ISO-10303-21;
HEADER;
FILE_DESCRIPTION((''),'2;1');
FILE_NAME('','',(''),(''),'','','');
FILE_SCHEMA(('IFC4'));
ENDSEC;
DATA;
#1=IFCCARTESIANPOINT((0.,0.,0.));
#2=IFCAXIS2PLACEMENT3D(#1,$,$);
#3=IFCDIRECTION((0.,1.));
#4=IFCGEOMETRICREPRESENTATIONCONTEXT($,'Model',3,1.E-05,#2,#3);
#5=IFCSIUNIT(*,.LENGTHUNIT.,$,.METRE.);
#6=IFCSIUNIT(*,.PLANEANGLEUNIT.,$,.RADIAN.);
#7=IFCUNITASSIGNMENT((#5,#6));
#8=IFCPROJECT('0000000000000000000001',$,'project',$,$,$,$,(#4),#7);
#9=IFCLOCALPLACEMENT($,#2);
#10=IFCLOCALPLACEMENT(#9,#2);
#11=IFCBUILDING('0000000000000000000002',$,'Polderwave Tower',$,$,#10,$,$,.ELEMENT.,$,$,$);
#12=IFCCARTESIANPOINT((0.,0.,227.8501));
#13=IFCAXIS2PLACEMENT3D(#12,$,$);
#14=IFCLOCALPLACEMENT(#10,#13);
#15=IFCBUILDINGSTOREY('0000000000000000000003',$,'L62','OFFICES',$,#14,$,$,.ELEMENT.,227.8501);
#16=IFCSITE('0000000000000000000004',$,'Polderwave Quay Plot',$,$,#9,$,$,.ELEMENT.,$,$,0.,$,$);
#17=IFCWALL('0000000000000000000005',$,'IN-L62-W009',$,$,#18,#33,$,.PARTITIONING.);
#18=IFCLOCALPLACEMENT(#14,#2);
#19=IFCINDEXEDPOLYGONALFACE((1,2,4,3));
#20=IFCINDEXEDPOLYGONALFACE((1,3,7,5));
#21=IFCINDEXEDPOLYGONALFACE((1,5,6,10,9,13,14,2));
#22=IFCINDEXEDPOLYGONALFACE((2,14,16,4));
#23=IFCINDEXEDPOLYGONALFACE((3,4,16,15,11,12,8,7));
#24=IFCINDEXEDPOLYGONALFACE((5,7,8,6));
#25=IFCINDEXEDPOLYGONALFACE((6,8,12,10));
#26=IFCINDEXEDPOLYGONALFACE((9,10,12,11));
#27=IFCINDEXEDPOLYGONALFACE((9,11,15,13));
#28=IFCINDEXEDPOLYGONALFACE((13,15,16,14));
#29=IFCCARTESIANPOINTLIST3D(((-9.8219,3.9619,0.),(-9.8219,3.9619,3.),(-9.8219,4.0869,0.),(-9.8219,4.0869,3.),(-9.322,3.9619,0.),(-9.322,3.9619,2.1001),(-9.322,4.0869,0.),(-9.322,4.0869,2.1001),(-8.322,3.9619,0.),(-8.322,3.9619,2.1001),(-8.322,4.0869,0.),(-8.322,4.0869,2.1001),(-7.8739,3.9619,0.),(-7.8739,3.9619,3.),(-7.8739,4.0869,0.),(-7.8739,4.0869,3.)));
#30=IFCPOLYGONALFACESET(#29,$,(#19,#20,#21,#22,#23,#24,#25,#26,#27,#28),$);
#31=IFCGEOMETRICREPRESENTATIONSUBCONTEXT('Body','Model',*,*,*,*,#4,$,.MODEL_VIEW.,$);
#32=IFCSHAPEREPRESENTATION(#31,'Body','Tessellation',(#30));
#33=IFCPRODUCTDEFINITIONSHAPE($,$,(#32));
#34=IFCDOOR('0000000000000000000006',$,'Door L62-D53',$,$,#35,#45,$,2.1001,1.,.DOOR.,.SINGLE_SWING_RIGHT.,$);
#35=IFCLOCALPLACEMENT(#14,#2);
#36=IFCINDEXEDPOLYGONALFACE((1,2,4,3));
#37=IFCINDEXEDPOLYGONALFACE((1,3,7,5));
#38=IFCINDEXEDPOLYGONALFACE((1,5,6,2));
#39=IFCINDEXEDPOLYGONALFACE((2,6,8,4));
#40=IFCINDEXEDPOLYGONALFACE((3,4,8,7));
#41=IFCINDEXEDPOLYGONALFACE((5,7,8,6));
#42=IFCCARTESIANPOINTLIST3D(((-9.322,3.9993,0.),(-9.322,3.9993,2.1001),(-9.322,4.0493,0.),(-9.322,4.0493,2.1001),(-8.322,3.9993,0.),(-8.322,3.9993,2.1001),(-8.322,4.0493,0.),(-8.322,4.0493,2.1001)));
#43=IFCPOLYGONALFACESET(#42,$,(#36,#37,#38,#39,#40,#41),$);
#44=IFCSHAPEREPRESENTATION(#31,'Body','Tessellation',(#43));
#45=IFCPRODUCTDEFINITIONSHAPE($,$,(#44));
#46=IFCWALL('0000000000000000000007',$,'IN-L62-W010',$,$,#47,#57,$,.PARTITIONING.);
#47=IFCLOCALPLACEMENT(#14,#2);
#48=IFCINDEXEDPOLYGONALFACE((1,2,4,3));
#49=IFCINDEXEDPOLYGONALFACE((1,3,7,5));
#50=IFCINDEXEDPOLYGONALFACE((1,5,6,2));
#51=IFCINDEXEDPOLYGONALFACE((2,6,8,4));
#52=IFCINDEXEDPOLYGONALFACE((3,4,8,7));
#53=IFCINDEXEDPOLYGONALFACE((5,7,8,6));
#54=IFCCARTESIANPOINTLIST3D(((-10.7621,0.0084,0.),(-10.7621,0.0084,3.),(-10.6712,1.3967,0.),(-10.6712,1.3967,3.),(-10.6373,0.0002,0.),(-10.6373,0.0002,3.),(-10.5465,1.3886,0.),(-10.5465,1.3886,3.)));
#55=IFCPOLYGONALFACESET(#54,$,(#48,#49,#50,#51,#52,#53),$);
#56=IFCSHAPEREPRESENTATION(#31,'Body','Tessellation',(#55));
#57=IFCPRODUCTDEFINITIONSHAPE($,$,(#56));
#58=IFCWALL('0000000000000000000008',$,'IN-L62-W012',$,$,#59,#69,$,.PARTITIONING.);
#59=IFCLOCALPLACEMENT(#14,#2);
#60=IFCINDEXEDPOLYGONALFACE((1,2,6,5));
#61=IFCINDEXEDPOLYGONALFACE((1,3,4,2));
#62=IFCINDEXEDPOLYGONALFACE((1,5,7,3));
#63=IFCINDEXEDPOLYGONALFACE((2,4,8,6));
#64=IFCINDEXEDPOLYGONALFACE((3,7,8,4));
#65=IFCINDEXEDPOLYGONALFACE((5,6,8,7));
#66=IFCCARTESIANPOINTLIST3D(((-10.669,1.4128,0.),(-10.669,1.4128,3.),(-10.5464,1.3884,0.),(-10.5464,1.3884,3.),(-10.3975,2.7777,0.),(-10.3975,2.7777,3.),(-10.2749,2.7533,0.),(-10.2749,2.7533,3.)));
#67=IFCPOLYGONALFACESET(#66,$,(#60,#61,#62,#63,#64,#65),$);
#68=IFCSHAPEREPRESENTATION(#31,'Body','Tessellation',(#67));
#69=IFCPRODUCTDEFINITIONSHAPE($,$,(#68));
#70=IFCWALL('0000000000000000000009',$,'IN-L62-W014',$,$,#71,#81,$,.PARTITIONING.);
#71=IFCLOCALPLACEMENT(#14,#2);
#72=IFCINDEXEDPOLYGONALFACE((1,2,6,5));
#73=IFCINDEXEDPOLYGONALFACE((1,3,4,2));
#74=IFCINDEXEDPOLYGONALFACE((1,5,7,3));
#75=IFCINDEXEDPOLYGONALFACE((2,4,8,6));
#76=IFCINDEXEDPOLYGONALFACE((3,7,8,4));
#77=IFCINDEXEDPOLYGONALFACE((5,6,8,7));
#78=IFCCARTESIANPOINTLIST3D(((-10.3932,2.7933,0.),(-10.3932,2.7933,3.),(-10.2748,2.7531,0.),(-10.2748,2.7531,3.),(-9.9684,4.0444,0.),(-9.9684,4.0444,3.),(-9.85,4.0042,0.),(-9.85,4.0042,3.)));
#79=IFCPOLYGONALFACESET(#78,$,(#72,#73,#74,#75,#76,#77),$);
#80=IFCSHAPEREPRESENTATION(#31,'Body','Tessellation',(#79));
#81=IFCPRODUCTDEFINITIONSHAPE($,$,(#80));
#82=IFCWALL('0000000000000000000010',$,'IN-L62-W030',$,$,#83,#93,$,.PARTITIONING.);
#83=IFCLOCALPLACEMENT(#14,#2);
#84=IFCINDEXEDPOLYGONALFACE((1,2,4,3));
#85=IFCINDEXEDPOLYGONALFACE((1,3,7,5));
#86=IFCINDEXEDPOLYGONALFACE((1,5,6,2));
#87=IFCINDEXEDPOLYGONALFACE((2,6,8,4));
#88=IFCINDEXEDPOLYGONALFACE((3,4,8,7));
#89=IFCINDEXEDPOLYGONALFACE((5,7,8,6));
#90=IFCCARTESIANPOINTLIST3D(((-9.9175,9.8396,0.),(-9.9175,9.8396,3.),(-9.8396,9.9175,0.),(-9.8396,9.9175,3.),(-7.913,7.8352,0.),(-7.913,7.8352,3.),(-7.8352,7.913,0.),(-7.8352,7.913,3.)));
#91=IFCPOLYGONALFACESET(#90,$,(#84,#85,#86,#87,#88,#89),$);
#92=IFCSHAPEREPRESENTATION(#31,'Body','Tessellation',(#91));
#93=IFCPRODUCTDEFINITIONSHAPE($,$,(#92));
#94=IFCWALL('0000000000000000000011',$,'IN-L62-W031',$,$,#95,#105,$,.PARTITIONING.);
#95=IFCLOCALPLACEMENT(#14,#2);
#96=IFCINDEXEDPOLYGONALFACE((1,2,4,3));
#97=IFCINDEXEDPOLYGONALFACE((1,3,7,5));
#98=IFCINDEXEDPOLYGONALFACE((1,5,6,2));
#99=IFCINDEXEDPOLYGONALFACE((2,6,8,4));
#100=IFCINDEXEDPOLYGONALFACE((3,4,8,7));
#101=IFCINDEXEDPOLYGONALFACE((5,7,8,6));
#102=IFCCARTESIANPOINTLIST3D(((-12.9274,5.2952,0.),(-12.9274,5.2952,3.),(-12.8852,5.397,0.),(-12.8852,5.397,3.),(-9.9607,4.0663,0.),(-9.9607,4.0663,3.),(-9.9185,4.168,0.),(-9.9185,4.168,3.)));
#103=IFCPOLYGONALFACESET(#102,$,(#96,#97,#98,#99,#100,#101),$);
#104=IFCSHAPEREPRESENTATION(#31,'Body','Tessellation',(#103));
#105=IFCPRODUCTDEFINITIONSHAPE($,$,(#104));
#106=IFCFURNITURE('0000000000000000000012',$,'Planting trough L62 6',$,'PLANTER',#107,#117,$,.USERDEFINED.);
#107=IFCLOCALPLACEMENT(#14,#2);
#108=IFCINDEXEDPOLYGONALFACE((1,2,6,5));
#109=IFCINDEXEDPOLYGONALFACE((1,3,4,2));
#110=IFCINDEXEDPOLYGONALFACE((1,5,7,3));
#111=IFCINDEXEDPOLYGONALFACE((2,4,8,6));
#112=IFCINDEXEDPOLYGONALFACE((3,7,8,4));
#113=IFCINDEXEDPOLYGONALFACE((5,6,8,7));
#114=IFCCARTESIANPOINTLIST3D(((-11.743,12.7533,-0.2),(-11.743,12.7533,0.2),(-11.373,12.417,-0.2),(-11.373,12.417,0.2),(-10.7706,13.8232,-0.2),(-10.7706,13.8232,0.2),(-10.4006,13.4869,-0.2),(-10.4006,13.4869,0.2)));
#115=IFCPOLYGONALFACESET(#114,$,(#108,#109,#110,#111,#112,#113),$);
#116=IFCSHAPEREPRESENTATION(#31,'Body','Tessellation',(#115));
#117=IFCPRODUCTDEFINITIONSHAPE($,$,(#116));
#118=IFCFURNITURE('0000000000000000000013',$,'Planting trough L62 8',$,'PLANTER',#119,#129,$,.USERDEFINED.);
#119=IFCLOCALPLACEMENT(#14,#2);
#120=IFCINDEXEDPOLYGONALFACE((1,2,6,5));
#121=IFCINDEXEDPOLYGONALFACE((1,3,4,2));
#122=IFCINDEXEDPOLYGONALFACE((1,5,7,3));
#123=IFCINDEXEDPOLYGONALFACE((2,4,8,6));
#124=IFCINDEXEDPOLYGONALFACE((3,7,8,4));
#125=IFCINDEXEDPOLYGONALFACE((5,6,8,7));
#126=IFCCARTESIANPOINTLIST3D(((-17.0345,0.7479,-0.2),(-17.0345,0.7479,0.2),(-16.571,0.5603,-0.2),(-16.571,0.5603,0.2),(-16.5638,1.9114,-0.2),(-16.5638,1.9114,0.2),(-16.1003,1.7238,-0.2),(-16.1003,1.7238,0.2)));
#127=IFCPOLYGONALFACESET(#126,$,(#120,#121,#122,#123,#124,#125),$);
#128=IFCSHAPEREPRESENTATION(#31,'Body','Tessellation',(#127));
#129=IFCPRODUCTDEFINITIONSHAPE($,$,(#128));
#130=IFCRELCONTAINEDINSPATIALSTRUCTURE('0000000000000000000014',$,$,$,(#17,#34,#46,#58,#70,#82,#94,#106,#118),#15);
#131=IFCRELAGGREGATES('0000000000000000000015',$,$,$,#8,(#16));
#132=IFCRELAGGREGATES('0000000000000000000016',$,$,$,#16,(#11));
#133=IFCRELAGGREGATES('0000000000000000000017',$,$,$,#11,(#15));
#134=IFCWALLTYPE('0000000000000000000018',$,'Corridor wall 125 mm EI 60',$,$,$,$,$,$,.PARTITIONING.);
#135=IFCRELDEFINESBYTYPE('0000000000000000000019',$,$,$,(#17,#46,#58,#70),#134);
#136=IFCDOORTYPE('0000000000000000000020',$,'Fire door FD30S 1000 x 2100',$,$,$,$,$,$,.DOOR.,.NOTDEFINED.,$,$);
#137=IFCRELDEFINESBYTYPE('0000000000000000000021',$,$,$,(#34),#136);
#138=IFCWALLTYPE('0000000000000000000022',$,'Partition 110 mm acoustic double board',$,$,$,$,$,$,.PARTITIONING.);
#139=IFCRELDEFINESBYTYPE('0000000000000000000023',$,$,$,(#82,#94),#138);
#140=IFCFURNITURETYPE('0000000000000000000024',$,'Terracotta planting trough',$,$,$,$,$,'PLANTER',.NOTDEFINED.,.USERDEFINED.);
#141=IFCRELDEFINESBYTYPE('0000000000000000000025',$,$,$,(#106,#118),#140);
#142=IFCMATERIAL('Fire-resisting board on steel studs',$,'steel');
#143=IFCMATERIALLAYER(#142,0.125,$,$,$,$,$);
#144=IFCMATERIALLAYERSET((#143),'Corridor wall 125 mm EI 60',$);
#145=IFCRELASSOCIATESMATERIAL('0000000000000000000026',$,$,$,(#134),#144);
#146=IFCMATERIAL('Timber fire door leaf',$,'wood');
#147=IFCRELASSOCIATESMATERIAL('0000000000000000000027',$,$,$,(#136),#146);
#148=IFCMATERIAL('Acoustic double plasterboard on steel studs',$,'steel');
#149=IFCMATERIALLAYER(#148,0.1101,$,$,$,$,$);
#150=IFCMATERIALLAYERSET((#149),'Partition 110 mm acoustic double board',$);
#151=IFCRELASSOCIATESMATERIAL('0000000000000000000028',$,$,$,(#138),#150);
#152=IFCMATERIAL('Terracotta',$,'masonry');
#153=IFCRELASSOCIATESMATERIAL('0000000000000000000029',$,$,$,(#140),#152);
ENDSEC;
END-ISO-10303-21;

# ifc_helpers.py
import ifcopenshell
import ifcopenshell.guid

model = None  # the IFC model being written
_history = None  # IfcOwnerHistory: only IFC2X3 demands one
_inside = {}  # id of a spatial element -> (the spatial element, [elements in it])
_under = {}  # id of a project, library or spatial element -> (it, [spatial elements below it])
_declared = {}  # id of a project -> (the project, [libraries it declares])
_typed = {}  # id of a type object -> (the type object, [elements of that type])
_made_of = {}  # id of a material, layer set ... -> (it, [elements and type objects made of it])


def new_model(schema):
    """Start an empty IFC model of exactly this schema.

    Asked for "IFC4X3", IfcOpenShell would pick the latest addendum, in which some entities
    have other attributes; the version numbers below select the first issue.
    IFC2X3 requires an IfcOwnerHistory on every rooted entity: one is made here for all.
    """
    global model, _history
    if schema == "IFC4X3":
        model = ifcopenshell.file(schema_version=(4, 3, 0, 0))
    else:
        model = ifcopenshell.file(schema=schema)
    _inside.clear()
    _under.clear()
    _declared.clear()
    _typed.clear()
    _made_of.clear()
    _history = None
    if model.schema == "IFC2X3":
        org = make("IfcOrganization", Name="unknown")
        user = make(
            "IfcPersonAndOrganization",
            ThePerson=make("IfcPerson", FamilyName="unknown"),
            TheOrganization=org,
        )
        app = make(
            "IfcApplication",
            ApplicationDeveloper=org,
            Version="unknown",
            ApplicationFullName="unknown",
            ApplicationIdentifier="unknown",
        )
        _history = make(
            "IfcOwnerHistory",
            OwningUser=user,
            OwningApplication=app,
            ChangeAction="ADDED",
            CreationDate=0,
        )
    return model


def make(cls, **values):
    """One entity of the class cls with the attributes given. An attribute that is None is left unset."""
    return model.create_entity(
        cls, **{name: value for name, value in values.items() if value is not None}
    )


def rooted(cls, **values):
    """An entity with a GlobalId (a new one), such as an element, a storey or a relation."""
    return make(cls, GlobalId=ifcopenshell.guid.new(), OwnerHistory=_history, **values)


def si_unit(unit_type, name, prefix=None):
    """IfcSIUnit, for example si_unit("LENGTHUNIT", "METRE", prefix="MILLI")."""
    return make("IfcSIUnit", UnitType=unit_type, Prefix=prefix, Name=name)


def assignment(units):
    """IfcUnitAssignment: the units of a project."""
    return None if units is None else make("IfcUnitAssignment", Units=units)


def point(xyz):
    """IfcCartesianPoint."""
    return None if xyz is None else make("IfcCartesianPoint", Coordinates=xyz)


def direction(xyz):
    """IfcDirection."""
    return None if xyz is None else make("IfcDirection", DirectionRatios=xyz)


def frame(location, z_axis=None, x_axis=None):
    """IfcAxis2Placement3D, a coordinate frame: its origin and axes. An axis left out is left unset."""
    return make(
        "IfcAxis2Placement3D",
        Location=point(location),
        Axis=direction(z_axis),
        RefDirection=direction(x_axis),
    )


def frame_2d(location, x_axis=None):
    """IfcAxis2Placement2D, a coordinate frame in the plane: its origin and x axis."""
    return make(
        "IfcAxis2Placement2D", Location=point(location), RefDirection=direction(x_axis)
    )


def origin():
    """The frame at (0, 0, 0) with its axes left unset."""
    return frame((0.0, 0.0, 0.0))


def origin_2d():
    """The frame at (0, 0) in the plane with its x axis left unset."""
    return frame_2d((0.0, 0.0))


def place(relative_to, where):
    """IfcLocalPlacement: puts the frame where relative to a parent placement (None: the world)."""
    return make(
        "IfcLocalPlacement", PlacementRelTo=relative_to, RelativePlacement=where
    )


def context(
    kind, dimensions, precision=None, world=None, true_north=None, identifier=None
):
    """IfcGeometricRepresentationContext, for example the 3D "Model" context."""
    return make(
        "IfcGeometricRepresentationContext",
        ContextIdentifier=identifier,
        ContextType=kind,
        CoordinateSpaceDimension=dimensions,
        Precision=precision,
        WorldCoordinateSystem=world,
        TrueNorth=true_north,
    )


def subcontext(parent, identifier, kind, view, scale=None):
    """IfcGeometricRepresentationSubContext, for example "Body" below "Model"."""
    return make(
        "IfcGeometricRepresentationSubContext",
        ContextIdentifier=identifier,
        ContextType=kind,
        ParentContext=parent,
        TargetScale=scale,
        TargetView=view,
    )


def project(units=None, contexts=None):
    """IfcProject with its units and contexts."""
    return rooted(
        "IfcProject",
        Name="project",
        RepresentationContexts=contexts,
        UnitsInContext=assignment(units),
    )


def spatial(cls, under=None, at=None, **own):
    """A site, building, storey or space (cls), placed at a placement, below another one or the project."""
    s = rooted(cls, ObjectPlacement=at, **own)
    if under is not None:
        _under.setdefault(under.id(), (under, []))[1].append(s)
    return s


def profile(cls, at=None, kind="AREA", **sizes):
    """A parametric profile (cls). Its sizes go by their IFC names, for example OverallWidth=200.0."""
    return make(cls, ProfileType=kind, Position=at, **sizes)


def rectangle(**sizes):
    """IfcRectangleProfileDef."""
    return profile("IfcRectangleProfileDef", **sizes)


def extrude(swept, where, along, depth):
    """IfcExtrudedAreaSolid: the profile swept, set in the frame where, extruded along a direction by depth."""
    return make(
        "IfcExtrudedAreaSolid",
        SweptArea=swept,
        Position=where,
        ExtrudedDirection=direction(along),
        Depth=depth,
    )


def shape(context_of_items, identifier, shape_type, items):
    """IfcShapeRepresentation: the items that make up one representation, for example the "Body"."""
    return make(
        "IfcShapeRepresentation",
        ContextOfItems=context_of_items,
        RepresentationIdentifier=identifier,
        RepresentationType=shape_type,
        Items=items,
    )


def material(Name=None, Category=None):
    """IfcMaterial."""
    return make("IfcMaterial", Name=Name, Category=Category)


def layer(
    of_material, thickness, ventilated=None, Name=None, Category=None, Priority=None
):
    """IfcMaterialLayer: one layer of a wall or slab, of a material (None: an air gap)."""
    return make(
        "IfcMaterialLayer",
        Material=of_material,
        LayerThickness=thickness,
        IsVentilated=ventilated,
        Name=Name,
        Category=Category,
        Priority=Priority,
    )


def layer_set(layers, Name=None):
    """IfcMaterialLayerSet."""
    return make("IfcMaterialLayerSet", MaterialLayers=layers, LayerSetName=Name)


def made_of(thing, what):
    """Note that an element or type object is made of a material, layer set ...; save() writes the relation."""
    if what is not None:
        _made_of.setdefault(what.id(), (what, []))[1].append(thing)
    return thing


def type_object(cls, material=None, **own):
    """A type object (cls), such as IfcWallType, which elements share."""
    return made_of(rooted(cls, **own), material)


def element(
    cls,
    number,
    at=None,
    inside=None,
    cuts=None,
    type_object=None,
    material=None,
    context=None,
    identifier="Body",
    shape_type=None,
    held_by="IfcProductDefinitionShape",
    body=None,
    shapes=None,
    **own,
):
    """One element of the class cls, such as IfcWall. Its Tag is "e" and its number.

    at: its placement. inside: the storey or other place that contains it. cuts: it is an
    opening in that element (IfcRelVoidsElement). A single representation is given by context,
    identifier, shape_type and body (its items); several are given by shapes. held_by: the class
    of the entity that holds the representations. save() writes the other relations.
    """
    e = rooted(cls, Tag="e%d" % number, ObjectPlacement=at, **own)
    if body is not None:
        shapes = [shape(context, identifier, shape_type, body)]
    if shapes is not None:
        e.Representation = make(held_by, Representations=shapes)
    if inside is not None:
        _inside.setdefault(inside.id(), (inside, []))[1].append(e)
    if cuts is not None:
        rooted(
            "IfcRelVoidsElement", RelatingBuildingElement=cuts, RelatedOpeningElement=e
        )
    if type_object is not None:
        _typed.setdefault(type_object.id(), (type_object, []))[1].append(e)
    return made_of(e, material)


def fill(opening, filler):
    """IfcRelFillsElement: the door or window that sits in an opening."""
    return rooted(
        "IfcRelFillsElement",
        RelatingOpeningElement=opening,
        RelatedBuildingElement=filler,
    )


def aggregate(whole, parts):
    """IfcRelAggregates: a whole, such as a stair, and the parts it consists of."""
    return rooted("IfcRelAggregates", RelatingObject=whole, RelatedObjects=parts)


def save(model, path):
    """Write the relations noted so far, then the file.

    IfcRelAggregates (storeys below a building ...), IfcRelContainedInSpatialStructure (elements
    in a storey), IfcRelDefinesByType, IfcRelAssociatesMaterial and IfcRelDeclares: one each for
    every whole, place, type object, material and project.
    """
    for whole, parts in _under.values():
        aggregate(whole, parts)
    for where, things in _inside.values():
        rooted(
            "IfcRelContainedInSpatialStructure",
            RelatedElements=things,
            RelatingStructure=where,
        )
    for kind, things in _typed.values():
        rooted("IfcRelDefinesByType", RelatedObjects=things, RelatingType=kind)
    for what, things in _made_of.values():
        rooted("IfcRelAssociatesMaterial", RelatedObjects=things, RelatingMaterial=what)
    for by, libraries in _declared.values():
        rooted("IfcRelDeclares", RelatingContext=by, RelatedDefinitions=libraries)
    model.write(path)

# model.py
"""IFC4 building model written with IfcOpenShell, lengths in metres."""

from ifc_helpers import new_model, si_unit, direction, frame, frame_2d, origin, origin_2d, place, context, subcontext, project, spatial, rectangle, extrude, material, layer, layer_set, type_object, element, fill, save


model = new_model("IFC4")

# Units and contexts
model_context = context("Model", 3, precision=1e-05, world=origin(), true_north=direction((0.0, 1.0)))
body_context = subcontext(model_context, "Body", "Model", "MODEL_VIEW")
ifc_project = project(units=[si_unit("LENGTHUNIT", "METRE"), si_unit("PLANEANGLEUNIT", "RADIAN")], contexts=[model_context])

# Site, building, storey
site_placement = place(None, origin())
site = spatial("IfcSite", under=ifc_project, at=site_placement, Name="Polderwave Quay Plot", CompositionType="ELEMENT", RefElevation=0.0)
building_placement = place(site_placement, origin())
building = spatial("IfcBuilding", under=site, at=building_placement, Name="Polderwave Tower", CompositionType="ELEMENT")
storey_placement = place(building_placement, frame((0.0, 0.0, 227.8501)))
storey = spatial("IfcBuildingStorey", under=building, at=storey_placement, Name="L62", Description="OFFICES", CompositionType="ELEMENT", Elevation=227.8501)

# Wall, opening, door
ifc_material_1 = material(Name="Fire-resisting board on steel studs", Category="steel")
ifc_layer_1 = layer(ifc_material_1, 0.125)
ifc_layer_set_1 = layer_set([ifc_layer_1], Name="Corridor wall 125 mm EI 60")
wall_type_1 = type_object("IfcWallType", Name="Corridor wall 125 mm EI 60", PredefinedType="PARTITIONING", material=ifc_layer_set_1)
wall_1_placement = place(storey_placement, frame((-9.822, 4.0244, 0.0), z_axis=(0.0, 0.0, 1.0), x_axis=(1.0, 0.0, 0.0)))
wall_1 = element("IfcWall", 1, at=wall_1_placement, inside=storey, type_object=wall_type_1, Name="IN-L62-W009", PredefinedType="PARTITIONING", context=body_context, shape_type="SweptSolid", body=[
    extrude(rectangle(XDim=1.948, YDim=0.125, at=frame_2d((0.9741, 0.0))), origin(), (0.0, 0.0, 1.0), 3.0),
])
opening_placement = place(wall_1_placement, frame((0.5, 0.0, 0.0)))
opening = element("IfcOpeningElement", 2, at=opening_placement, cuts=wall_1, PredefinedType="OPENING", context=body_context, shape_type="SweptSolid", body=[
    extrude(rectangle(XDim=1.0, YDim=2.1001, at=frame_2d((0.5, 1.05))), frame((0.0, 0.0725, 0.0), z_axis=(0.0, -1.0, 0.0), x_axis=(1.0, 0.0, 0.0)), (0.0, 0.0, 1.0), 0.145),
])
ifc_material_2 = material(Name="Timber fire door leaf", Category="wood")
door_type = type_object("IfcDoorType", Name="Fire door FD30S 1000 x 2100", OperationType="NOTDEFINED", PredefinedType="DOOR", material=ifc_material_2)
door_placement = place(opening_placement, origin())
door = element("IfcDoor", 3, at=door_placement, inside=storey, type_object=door_type, Name="Door L62-D53", OperationType="SINGLE_SWING_RIGHT", OverallHeight=2.1001, OverallWidth=1.0, PredefinedType="DOOR", context=body_context, shape_type="SweptSolid", body=[
    extrude(rectangle(XDim=1.0, YDim=2.1001, at=frame_2d((0.5, 1.05))), frame((0.0, 0.0249, 0.0), z_axis=(0.0, -1.0, 0.0), x_axis=(1.0, 0.0, 0.0)), (0.0, 0.0, 1.0), 0.05),
])
fill(opening, door)

# Walls
wall_2_placement = place(storey_placement, frame((-10.6997, 0.0042, 0.0), z_axis=(0.0, 0.0, 1.0), x_axis=(0.065273, 0.997867, 0.0)))
element("IfcWall", 4, at=wall_2_placement, inside=storey, type_object=wall_type_1, Name="IN-L62-W010", PredefinedType="PARTITIONING", context=body_context, shape_type="SweptSolid", body=[
    extrude(rectangle(XDim=1.3914, YDim=0.125, at=frame_2d((0.6958, 0.0))), origin(), (0.0, 0.0, 1.0), 3.0),
])
wall_3_placement = place(storey_placement, frame((-10.6077, 1.4006, 0.0), z_axis=(0.0, 0.0, 1.0), x_axis=(0.195104, 0.980783, 0.0)))
element("IfcWall", 5, at=wall_3_placement, inside=storey, type_object=wall_type_1, Name="IN-L62-W012", PredefinedType="PARTITIONING", context=body_context, shape_type="SweptSolid", body=[
    extrude(rectangle(XDim=1.3916, YDim=0.125, at=frame_2d((0.6958, 0.0))), origin(), (0.0, 0.0, 1.0), 3.0),
])
wall_4_placement = place(storey_placement, frame((-10.334, 2.7732, 0.0), z_axis=(0.0, 0.0, 1.0), x_axis=(0.321489, 0.946913, 0.0)))
element("IfcWall", 6, at=wall_4_placement, inside=storey, type_object=wall_type_1, Name="IN-L62-W014", PredefinedType="PARTITIONING", context=body_context, shape_type="SweptSolid", body=[
    extrude(rectangle(XDim=1.3213, YDim=0.125, at=frame_2d((0.6606, 0.0))), origin(), (0.0, 0.0, 1.0), 3.0),
])
ifc_material_3 = material(Name="Acoustic double plasterboard on steel studs", Category="steel")
ifc_layer_2 = layer(ifc_material_3, 0.1101)
ifc_layer_set_2 = layer_set([ifc_layer_2], Name="Partition 110 mm acoustic double board")
wall_type_2 = type_object("IfcWallType", Name="Partition 110 mm acoustic double board", PredefinedType="PARTITIONING", material=ifc_layer_set_2)
wall_5_placement = place(storey_placement, frame((-7.874, 7.874, 0.0), z_axis=(0.0, 0.0, 1.0), x_axis=(-0.707107, 0.707107, 0.0)))
element("IfcWall", 7, at=wall_5_placement, inside=storey, type_object=wall_type_2, Name="IN-L62-W030", PredefinedType="PARTITIONING", context=body_context, shape_type="SweptSolid", body=[
    extrude(rectangle(XDim=2.8347, YDim=0.1101, at=frame_2d((1.4175, 0.0))), origin(), (0.0, 0.0, 1.0), 3.0),
])
wall_6_placement = place(storey_placement, frame((-9.9397, 4.1172, 0.0), z_axis=(0.0, 0.0, 1.0), x_axis=(-0.923867, 0.382714, 0.0)))
element("IfcWall", 8, at=wall_6_placement, inside=storey, type_object=wall_type_2, Name="IN-L62-W031", PredefinedType="PARTITIONING", context=body_context, shape_type="SweptSolid", body=[
    extrude(rectangle(XDim=3.2112, YDim=0.1101, at=frame_2d((1.6055, 0.0))), origin(), (0.0, 0.0, 1.0), 3.0),
])

# Furniture
ifc_material_4 = material(Name="Terracotta", Category="masonry")
furniture_type = type_object("IfcFurnitureType", Name="Terracotta planting trough", ElementType="PLANTER", AssemblyPlace="NOTDEFINED", PredefinedType="USERDEFINED", material=ifc_material_4)
furniture_1_placement = place(storey_placement, frame((-11.0718, 13.1201, -0.2), z_axis=(0.0, 0.0, 1.0), x_axis=(-0.67257, -0.740034, 0.0)))
element("IfcFurniture", 9, at=furniture_1_placement, inside=storey, type_object=furniture_type, Name="Planting trough L62 6", ObjectType="PLANTER", PredefinedType="USERDEFINED", context=body_context, shape_type="SweptSolid", body=[
    extrude(rectangle(XDim=1.4458, YDim=0.5, at=origin_2d()), origin(), (0.0, 0.0, 1.0), 0.3999),
])
furniture_2_placement = place(storey_placement, frame((-16.5674, 1.2358, -0.2), z_axis=(0.0, 0.0, 1.0), x_axis=(-0.375066, -0.926998, 0.0)))
element("IfcFurniture", 10, at=furniture_2_placement, inside=storey, type_object=furniture_type, Name="Planting trough L62 8", ObjectType="PLANTER", PredefinedType="USERDEFINED", context=body_context, shape_type="SweptSolid", body=[
    extrude(rectangle(XDim=1.2551, YDim=0.5, at=origin_2d()), origin(), (0.0, 0.0, 1.0), 0.3999),
])

save(model, "model.ifc")
